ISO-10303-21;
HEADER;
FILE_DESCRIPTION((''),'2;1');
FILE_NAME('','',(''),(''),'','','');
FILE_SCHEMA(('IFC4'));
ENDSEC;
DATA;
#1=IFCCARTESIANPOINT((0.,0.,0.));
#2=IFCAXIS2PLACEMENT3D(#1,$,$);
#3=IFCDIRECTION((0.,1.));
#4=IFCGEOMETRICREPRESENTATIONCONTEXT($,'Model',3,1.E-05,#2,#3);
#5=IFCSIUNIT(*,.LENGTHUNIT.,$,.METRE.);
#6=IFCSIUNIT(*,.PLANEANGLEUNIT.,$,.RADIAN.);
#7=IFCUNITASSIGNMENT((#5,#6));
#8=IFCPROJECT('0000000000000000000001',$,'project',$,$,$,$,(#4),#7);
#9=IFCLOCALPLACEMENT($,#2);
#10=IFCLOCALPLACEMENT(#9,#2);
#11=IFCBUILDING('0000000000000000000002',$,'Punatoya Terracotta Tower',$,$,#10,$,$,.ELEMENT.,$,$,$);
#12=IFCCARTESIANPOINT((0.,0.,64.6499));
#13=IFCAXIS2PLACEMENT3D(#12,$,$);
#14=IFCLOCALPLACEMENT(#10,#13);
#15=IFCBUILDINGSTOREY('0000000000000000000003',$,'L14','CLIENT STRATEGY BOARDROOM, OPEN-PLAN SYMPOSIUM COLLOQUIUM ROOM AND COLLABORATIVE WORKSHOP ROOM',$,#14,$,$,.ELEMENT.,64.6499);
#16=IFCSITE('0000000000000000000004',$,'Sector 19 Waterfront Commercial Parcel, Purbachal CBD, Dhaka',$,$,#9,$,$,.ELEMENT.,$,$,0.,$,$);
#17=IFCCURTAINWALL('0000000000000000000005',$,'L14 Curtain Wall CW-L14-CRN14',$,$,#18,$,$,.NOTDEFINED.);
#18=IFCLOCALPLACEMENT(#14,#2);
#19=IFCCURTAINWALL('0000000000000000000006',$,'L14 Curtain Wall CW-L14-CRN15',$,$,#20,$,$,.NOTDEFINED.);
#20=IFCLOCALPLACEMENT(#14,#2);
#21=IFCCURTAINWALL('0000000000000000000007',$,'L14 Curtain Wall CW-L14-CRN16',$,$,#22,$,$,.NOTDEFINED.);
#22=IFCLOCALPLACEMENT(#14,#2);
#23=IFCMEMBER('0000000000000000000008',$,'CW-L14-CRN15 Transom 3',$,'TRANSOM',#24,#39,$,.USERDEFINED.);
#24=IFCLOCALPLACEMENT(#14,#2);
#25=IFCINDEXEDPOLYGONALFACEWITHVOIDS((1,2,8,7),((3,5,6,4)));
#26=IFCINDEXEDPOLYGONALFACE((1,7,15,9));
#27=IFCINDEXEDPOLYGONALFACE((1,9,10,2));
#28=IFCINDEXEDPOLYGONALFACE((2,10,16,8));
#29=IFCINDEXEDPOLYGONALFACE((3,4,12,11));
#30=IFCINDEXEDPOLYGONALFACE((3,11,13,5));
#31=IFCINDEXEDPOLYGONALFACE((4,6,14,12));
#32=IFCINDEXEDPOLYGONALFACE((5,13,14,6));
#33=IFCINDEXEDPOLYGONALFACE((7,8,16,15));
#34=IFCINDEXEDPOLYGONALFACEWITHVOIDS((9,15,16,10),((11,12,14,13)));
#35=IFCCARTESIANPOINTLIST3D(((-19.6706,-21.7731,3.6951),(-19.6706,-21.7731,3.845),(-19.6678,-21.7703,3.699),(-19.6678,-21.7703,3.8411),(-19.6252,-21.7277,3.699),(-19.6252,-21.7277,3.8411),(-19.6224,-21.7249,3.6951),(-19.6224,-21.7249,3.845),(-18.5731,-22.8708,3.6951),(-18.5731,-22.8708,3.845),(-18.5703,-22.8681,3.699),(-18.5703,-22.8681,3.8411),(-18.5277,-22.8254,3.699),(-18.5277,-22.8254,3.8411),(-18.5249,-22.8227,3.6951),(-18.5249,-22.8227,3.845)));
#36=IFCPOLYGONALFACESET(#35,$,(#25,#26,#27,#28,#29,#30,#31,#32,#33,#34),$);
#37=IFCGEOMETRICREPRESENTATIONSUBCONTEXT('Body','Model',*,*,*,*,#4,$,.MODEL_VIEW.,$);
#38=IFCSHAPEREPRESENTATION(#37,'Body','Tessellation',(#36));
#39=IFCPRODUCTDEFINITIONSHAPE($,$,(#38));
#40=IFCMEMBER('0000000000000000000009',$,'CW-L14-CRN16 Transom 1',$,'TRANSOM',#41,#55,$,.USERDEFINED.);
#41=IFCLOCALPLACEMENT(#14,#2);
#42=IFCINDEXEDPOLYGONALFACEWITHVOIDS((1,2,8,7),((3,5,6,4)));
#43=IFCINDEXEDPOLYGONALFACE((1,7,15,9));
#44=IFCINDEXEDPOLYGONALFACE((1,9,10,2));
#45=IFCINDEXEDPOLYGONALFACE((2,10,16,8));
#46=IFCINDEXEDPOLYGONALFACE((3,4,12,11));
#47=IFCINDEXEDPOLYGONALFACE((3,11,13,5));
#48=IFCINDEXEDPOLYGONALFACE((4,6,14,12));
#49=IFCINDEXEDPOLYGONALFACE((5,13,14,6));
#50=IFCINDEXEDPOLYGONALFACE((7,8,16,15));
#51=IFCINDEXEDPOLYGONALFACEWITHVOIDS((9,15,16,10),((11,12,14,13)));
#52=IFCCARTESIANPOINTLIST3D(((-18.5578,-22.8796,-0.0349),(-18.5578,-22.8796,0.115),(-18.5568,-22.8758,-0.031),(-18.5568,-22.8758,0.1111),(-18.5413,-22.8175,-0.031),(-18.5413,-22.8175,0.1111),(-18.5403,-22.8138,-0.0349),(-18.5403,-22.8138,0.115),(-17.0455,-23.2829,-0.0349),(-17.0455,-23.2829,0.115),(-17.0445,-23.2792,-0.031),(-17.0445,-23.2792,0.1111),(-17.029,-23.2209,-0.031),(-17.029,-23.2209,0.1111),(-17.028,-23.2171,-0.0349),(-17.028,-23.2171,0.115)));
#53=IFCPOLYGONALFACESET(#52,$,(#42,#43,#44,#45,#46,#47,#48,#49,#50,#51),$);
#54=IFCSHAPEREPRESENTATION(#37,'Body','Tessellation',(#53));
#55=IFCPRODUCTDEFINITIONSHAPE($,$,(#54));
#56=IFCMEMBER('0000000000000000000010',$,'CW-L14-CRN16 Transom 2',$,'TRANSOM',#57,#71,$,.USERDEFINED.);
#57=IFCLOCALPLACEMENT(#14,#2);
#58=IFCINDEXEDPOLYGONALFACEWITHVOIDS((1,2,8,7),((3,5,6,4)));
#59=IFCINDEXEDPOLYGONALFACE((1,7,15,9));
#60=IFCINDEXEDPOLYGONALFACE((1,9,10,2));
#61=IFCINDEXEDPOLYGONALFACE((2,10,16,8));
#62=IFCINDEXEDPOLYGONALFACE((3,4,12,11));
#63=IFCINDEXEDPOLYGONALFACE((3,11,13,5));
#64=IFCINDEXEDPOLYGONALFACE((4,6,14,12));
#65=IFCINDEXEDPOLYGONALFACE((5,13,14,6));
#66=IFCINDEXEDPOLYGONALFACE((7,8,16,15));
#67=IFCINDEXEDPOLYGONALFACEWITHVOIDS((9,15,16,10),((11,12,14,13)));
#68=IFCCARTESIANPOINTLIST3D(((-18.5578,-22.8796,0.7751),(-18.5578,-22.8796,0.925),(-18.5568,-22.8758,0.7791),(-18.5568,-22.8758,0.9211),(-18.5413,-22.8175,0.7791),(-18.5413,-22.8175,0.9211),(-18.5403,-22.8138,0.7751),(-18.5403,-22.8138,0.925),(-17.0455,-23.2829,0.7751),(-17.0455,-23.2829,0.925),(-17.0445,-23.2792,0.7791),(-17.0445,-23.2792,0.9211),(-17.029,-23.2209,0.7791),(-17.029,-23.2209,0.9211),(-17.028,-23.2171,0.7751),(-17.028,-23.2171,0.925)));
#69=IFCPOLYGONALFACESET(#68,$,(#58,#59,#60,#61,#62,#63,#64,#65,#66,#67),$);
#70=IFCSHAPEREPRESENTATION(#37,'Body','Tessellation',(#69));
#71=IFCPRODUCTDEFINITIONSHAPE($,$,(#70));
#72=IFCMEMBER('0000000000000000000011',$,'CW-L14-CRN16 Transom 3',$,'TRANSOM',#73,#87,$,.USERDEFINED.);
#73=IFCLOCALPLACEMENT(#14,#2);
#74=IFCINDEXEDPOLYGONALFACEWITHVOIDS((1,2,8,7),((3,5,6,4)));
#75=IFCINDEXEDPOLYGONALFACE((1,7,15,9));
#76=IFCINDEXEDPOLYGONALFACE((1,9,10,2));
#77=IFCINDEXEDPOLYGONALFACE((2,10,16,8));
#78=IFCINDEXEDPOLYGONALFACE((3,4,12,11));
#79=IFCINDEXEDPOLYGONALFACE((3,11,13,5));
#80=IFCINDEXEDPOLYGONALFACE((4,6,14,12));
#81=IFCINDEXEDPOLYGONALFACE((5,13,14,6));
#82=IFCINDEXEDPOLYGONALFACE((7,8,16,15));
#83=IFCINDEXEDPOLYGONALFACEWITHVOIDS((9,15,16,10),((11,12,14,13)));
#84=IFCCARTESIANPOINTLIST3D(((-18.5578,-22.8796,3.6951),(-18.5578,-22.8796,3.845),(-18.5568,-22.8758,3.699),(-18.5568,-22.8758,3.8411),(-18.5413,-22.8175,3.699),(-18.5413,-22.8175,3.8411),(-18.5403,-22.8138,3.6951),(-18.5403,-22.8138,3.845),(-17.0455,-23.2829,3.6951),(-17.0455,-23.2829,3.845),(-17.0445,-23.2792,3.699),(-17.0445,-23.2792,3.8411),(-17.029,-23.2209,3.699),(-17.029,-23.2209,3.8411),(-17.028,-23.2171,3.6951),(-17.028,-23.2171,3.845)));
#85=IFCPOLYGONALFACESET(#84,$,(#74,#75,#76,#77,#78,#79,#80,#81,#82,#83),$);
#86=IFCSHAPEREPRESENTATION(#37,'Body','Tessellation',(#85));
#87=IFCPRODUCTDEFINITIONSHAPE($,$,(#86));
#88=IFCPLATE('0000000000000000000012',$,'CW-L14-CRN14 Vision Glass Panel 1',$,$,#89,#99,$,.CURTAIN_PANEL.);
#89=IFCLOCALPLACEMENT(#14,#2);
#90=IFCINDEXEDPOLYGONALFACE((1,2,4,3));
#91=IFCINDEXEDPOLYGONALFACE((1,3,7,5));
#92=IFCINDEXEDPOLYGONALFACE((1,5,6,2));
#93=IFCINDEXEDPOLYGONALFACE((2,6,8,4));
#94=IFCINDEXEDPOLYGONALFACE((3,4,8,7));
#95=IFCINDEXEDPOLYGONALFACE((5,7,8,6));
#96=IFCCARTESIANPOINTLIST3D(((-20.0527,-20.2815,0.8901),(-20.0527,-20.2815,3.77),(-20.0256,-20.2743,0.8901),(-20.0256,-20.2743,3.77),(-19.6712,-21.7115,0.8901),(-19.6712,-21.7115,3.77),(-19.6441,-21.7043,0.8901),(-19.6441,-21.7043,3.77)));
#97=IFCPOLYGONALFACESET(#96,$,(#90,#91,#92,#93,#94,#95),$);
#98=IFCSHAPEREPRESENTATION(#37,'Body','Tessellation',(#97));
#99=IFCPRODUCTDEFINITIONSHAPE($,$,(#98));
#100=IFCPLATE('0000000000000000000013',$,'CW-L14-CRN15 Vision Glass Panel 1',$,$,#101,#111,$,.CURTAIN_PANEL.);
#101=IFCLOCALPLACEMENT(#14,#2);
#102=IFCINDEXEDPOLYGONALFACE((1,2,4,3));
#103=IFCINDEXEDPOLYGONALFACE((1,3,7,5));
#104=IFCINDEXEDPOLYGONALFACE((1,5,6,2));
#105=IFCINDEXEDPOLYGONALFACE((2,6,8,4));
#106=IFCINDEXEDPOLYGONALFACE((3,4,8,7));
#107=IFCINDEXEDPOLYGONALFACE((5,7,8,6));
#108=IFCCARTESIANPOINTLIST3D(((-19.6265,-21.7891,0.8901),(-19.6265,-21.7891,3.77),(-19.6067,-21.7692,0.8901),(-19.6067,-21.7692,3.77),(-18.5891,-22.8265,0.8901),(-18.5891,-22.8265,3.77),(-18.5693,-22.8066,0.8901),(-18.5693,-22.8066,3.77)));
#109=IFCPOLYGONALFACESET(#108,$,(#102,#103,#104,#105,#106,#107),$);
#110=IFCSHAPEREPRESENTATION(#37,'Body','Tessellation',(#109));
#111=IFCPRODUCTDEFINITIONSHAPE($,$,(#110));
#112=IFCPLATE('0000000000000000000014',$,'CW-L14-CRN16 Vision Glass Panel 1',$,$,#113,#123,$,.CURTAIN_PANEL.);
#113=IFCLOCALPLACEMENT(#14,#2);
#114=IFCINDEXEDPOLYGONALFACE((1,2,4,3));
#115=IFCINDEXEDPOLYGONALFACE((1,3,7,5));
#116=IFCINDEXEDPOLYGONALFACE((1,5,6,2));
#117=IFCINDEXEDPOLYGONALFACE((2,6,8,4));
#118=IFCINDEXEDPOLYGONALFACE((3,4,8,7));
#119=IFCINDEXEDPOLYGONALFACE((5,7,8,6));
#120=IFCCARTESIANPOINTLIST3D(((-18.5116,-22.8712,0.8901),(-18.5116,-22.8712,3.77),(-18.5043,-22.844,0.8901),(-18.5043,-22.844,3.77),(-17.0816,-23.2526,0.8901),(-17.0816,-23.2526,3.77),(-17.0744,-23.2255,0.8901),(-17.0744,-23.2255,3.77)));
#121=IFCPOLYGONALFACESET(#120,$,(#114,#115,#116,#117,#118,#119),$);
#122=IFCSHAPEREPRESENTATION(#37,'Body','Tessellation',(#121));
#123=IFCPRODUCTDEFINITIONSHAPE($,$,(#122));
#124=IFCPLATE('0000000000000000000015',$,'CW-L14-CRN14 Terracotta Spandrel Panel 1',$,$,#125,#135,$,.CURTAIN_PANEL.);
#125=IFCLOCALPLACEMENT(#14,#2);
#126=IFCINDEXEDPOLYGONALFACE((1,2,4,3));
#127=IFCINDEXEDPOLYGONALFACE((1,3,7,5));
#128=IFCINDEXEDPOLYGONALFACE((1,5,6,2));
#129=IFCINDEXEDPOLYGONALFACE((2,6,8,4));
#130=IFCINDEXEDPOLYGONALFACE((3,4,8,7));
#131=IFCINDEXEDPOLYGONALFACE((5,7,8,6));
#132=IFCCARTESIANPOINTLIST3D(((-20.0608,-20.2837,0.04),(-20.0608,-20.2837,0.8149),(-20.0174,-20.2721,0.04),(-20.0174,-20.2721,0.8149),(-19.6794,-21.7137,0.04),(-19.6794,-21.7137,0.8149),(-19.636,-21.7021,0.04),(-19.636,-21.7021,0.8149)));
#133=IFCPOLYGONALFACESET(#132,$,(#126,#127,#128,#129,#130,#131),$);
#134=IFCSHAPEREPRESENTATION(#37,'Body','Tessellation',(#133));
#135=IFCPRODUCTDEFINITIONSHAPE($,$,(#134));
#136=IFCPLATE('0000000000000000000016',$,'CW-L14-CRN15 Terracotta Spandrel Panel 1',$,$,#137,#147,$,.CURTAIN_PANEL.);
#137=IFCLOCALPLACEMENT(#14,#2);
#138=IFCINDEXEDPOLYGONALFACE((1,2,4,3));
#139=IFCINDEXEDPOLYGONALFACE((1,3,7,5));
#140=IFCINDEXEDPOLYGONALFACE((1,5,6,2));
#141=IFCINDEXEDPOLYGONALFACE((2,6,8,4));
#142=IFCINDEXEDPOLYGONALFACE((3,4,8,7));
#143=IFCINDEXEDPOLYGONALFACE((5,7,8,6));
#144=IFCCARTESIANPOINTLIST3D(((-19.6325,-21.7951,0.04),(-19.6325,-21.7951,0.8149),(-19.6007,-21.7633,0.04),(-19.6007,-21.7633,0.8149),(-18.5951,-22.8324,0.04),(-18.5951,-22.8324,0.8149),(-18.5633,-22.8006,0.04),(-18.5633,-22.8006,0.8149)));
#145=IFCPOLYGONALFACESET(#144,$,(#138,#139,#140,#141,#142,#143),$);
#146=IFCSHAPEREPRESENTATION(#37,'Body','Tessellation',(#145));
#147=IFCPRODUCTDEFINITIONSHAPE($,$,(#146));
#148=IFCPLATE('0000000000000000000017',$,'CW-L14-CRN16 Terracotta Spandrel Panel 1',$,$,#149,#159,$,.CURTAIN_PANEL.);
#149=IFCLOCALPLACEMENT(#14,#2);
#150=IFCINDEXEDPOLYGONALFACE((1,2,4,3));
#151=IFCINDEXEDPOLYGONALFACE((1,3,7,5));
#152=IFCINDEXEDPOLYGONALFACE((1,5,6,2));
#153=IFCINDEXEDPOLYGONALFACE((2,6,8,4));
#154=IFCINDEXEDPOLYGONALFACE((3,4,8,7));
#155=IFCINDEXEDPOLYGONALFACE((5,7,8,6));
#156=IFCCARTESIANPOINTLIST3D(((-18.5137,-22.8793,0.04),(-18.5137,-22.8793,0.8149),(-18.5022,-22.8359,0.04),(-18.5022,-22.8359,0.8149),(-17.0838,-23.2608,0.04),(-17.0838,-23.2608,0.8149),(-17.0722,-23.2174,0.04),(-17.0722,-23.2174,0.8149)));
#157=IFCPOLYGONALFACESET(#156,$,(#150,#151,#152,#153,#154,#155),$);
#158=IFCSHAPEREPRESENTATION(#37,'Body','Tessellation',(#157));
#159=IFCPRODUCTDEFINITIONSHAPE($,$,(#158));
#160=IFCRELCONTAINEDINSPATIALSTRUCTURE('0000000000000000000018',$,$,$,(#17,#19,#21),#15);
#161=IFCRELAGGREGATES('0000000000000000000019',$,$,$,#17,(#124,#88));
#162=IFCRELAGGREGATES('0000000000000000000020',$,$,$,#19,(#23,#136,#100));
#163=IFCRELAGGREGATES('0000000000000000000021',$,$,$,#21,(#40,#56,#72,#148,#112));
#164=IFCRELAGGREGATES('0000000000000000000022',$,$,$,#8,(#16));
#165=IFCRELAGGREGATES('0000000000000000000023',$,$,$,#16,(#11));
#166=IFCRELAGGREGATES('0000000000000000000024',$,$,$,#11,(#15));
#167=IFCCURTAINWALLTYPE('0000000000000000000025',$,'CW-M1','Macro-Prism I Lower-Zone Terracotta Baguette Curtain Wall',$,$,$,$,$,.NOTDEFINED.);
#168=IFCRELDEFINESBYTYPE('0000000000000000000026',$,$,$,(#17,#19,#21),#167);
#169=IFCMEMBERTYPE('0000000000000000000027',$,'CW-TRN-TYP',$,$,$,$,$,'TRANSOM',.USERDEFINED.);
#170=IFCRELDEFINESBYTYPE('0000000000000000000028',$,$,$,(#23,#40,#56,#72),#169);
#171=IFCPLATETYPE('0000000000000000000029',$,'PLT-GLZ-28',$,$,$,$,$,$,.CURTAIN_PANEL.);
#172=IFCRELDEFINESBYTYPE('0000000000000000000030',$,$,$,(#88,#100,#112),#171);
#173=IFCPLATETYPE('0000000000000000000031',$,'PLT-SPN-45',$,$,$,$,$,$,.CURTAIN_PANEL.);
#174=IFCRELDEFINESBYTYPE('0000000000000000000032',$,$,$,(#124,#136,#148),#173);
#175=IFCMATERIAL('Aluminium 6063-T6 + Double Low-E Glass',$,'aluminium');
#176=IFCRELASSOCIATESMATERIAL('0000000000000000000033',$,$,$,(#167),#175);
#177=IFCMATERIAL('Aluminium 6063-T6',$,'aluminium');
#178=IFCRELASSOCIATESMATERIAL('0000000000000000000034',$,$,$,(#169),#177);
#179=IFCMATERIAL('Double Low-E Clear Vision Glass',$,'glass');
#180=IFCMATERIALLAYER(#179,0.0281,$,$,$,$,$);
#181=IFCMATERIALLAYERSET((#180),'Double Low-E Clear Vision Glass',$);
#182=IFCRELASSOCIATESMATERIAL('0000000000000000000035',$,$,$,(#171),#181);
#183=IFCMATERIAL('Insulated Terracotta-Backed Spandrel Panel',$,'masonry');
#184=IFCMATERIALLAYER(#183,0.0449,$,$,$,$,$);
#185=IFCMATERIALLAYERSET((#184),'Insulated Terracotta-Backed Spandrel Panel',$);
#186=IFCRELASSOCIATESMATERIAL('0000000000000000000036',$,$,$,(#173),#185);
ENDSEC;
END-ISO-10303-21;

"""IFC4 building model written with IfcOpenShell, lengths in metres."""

from ifc_helpers import new_model, si_unit, direction, frame, origin, origin_2d, place, context, subcontext, project, spatial, rectangle, hollow_rectangle, extrude, material, layer, layer_set, material_profile, profile_set, type_object, element, aggregate, save


model = new_model("IFC4")

# Units and contexts
model_context = context("Model", 3, precision=1e-05, world=origin(), true_north=direction((0.0, 1.0)))
body_context = subcontext(model_context, "Body", "Model", "MODEL_VIEW")
ifc_project = project(units=[si_unit("LENGTHUNIT", "METRE"), si_unit("PLANEANGLEUNIT", "RADIAN")], contexts=[model_context])

# Site, building, storey
site_placement = place(None, origin())
site = spatial("IfcSite", under=ifc_project, at=site_placement, Name="Sector 19 Waterfront Commercial Parcel, Purbachal CBD, Dhaka", CompositionType="ELEMENT", RefElevation=0.0)
building_placement = place(site_placement, origin())
building = spatial("IfcBuilding", under=site, at=building_placement, Name="Punatoya Terracotta Tower", CompositionType="ELEMENT")
storey_placement = place(building_placement, frame((0.0, 0.0, 64.6499)))
storey = spatial("IfcBuildingStorey", under=building, at=storey_placement, Name="L14", Description="CLIENT STRATEGY BOARDROOM, OPEN-PLAN SYMPOSIUM COLLOQUIUM ROOM AND COLLABORATIVE WORKSHOP ROOM", CompositionType="ELEMENT", Elevation=64.6499)

# Curtain walls
ifc_material_1 = material(Name="Aluminium 6063-T6 + Double Low-E Glass", Category="aluminium")
curtain_wall_type = type_object("IfcCurtainWallType", Name="CW-M1", Description="Macro-Prism I Lower-Zone Terracotta Baguette Curtain Wall", PredefinedType="NOTDEFINED", material=ifc_material_1)
curtain_wall_1_placement = place(storey_placement, origin())
curtain_wall_1 = element("IfcCurtainWall", 1, at=curtain_wall_1_placement, inside=storey, type_object=curtain_wall_type, Name="L14 Curtain Wall CW-L14-CRN14", PredefinedType="NOTDEFINED")
ifc_material_2 = material(Name="Aluminium 6063-T6", Category="aluminium")
curtain_wall_2_placement = place(storey_placement, origin())
curtain_wall_2 = element("IfcCurtainWall", 2, at=curtain_wall_2_placement, inside=storey, type_object=curtain_wall_type, Name="L14 Curtain Wall CW-L14-CRN15", PredefinedType="NOTDEFINED")
curtain_wall_3_placement = place(storey_placement, origin())
curtain_wall_3 = element("IfcCurtainWall", 3, at=curtain_wall_3_placement, inside=storey, type_object=curtain_wall_type, Name="L14 Curtain Wall CW-L14-CRN16", PredefinedType="NOTDEFINED")
ifc_material_profile_1 = material_profile(ifc_material_2, hollow_rectangle(XDim=0.0681, YDim=0.1499, WallThickness=0.0039, at=origin_2d()))
ifc_profile_set_1 = profile_set([ifc_material_profile_1], Name="Aluminium 6063-T6")
member_type_1 = type_object("IfcMemberType", Name="CW-TRN-TYP", ElementType="TRANSOM", PredefinedType="USERDEFINED", material=ifc_profile_set_1)

# Members
member_1_placement = place(storey_placement, frame((-19.6465, -21.749, 3.77), z_axis=(0.707028, -0.707185, 0.0), x_axis=(0.707185, 0.707028, 0.0)))
member_1 = element("IfcMember", 4, at=member_1_placement, type_object=member_type_1, Name="CW-L14-CRN15 Transom 3", ObjectType="TRANSOM", PredefinedType="USERDEFINED", context=body_context, shape_type="SweptSolid", body=[
    extrude(hollow_rectangle(XDim=0.0681, YDim=0.1499, WallThickness=0.0039, at=origin_2d()), origin(), (0.0, 0.0, 1.0), 1.5522),
])
member_2_placement = place(storey_placement, frame((-18.5491, -22.8467, 0.04), z_axis=(0.966225, -0.257701, 0.0), x_axis=(0.257701, 0.966225, 0.0)))
member_2 = element("IfcMember", 5, at=member_2_placement, type_object=member_type_1, Name="CW-L14-CRN16 Transom 1", ObjectType="TRANSOM", PredefinedType="USERDEFINED", context=body_context, shape_type="SweptSolid", body=[
    extrude(hollow_rectangle(XDim=0.0681, YDim=0.1499, WallThickness=0.0039, at=origin_2d()), origin(), (0.0, 0.0, 1.0), 1.5652),
])
member_3_placement = place(storey_placement, frame((-18.5491, -22.8467, 0.8501), z_axis=(0.966225, -0.257701, 0.0), x_axis=(0.257701, 0.966225, 0.0)))
member_3 = element("IfcMember", 6, at=member_3_placement, type_object=member_type_1, Name="CW-L14-CRN16 Transom 2", ObjectType="TRANSOM", PredefinedType="USERDEFINED", context=body_context, shape_type="SweptSolid", body=[
    extrude(hollow_rectangle(XDim=0.0681, YDim=0.1499, WallThickness=0.0039, at=origin_2d()), origin(), (0.0, 0.0, 1.0), 1.5652),
])
member_4_placement = place(storey_placement, frame((-18.5491, -22.8467, 3.77), z_axis=(0.966225, -0.257701, 0.0), x_axis=(0.257701, 0.966225, 0.0)))
member_4 = element("IfcMember", 7, at=member_4_placement, type_object=member_type_1, Name="CW-L14-CRN16 Transom 3", ObjectType="TRANSOM", PredefinedType="USERDEFINED", context=body_context, shape_type="SweptSolid", body=[
    extrude(hollow_rectangle(XDim=0.0681, YDim=0.1499, WallThickness=0.0039, at=origin_2d()), origin(), (0.0, 0.0, 1.0), 1.5652),
])

# Plates
ifc_material_3 = material(Name="Double Low-E Clear Vision Glass", Category="glass")
ifc_layer_1 = layer(ifc_material_3, 0.0281)
ifc_layer_set_1 = layer_set([ifc_layer_1], Name="Double Low-E Clear Vision Glass")
plate_type_1 = type_object("IfcPlateType", Name="PLT-GLZ-28", PredefinedType="CURTAIN_PANEL", material=ifc_layer_set_1)
plate_1_placement = place(storey_placement, frame((-19.8484, -20.9929, 0.8901), z_axis=(0.0, 0.0, 1.0), x_axis=(0.257742, -0.966214, 0.0)))
plate_1 = element("IfcPlate", 8, at=plate_1_placement, type_object=plate_type_1, Name="CW-L14-CRN14 Vision Glass Panel 1", PredefinedType="CURTAIN_PANEL", context=body_context, shape_type="SweptSolid", body=[
    extrude(rectangle(XDim=1.48, YDim=0.0281, at=origin_2d()), origin(), (0.0, 0.0, 1.0), 2.8799),
])
plate_2_placement = place(storey_placement, frame((-19.0979, -22.2979, 0.8901), z_axis=(0.0, 0.0, 1.0), x_axis=(0.707107, -0.707107, 0.0)))
plate_2 = element("IfcPlate", 9, at=plate_2_placement, type_object=plate_type_1, Name="CW-L14-CRN15 Vision Glass Panel 1", PredefinedType="CURTAIN_PANEL", context=body_context, shape_type="SweptSolid", body=[
    extrude(rectangle(XDim=1.467, YDim=0.0281, at=origin_2d()), origin(), (0.0, 0.0, 1.0), 2.8799),
])
plate_3_placement = place(storey_placement, frame((-17.793, -23.0483, 0.8901), z_axis=(0.0, 0.0, 1.0), x_axis=(0.966214, -0.257742, 0.0)))
plate_3 = element("IfcPlate", 10, at=plate_3_placement, type_object=plate_type_1, Name="CW-L14-CRN16 Vision Glass Panel 1", PredefinedType="CURTAIN_PANEL", context=body_context, shape_type="SweptSolid", body=[
    extrude(rectangle(XDim=1.48, YDim=0.0281, at=origin_2d()), origin(), (0.0, 0.0, 1.0), 2.8799),
])
ifc_material_4 = material(Name="Insulated Terracotta-Backed Spandrel Panel", Category="masonry")
ifc_layer_2 = layer(ifc_material_4, 0.0449)
ifc_layer_set_2 = layer_set([ifc_layer_2], Name="Insulated Terracotta-Backed Spandrel Panel")
plate_type_2 = type_object("IfcPlateType", Name="PLT-SPN-45", PredefinedType="CURTAIN_PANEL", material=ifc_layer_set_2)
plate_4_placement = place(storey_placement, frame((-19.8484, -20.9929, 0.04), z_axis=(0.0, 0.0, 1.0), x_axis=(0.257742, -0.966214, 0.0)))
plate_4 = element("IfcPlate", 11, at=plate_4_placement, type_object=plate_type_2, Name="CW-L14-CRN14 Terracotta Spandrel Panel 1", PredefinedType="CURTAIN_PANEL", context=body_context, shape_type="SweptSolid", body=[
    extrude(rectangle(XDim=1.48, YDim=0.0449, at=origin_2d()), origin(), (0.0, 0.0, 1.0), 0.7749),
])
aggregate(curtain_wall_1, [plate_4, plate_1])
plate_5_placement = place(storey_placement, frame((-19.0979, -22.2979, 0.04), z_axis=(0.0, 0.0, 1.0), x_axis=(0.707107, -0.707107, 0.0)))
plate_5 = element("IfcPlate", 12, at=plate_5_placement, type_object=plate_type_2, Name="CW-L14-CRN15 Terracotta Spandrel Panel 1", PredefinedType="CURTAIN_PANEL", context=body_context, shape_type="SweptSolid", body=[
    extrude(rectangle(XDim=1.467, YDim=0.0449, at=origin_2d()), origin(), (0.0, 0.0, 1.0), 0.7749),
])
aggregate(curtain_wall_2, [member_1, plate_5, plate_2])
plate_6_placement = place(storey_placement, frame((-17.793, -23.0483, 0.04), z_axis=(0.0, 0.0, 1.0), x_axis=(0.966214, -0.257742, 0.0)))
plate_6 = element("IfcPlate", 13, at=plate_6_placement, type_object=plate_type_2, Name="CW-L14-CRN16 Terracotta Spandrel Panel 1", PredefinedType="CURTAIN_PANEL", context=body_context, shape_type="SweptSolid", body=[
    extrude(rectangle(XDim=1.48, YDim=0.0449, at=origin_2d()), origin(), (0.0, 0.0, 1.0), 0.7749),
])
aggregate(curtain_wall_3, [member_2, member_3, member_4, plate_6, plate_3])

save(model, "model.ifc")
